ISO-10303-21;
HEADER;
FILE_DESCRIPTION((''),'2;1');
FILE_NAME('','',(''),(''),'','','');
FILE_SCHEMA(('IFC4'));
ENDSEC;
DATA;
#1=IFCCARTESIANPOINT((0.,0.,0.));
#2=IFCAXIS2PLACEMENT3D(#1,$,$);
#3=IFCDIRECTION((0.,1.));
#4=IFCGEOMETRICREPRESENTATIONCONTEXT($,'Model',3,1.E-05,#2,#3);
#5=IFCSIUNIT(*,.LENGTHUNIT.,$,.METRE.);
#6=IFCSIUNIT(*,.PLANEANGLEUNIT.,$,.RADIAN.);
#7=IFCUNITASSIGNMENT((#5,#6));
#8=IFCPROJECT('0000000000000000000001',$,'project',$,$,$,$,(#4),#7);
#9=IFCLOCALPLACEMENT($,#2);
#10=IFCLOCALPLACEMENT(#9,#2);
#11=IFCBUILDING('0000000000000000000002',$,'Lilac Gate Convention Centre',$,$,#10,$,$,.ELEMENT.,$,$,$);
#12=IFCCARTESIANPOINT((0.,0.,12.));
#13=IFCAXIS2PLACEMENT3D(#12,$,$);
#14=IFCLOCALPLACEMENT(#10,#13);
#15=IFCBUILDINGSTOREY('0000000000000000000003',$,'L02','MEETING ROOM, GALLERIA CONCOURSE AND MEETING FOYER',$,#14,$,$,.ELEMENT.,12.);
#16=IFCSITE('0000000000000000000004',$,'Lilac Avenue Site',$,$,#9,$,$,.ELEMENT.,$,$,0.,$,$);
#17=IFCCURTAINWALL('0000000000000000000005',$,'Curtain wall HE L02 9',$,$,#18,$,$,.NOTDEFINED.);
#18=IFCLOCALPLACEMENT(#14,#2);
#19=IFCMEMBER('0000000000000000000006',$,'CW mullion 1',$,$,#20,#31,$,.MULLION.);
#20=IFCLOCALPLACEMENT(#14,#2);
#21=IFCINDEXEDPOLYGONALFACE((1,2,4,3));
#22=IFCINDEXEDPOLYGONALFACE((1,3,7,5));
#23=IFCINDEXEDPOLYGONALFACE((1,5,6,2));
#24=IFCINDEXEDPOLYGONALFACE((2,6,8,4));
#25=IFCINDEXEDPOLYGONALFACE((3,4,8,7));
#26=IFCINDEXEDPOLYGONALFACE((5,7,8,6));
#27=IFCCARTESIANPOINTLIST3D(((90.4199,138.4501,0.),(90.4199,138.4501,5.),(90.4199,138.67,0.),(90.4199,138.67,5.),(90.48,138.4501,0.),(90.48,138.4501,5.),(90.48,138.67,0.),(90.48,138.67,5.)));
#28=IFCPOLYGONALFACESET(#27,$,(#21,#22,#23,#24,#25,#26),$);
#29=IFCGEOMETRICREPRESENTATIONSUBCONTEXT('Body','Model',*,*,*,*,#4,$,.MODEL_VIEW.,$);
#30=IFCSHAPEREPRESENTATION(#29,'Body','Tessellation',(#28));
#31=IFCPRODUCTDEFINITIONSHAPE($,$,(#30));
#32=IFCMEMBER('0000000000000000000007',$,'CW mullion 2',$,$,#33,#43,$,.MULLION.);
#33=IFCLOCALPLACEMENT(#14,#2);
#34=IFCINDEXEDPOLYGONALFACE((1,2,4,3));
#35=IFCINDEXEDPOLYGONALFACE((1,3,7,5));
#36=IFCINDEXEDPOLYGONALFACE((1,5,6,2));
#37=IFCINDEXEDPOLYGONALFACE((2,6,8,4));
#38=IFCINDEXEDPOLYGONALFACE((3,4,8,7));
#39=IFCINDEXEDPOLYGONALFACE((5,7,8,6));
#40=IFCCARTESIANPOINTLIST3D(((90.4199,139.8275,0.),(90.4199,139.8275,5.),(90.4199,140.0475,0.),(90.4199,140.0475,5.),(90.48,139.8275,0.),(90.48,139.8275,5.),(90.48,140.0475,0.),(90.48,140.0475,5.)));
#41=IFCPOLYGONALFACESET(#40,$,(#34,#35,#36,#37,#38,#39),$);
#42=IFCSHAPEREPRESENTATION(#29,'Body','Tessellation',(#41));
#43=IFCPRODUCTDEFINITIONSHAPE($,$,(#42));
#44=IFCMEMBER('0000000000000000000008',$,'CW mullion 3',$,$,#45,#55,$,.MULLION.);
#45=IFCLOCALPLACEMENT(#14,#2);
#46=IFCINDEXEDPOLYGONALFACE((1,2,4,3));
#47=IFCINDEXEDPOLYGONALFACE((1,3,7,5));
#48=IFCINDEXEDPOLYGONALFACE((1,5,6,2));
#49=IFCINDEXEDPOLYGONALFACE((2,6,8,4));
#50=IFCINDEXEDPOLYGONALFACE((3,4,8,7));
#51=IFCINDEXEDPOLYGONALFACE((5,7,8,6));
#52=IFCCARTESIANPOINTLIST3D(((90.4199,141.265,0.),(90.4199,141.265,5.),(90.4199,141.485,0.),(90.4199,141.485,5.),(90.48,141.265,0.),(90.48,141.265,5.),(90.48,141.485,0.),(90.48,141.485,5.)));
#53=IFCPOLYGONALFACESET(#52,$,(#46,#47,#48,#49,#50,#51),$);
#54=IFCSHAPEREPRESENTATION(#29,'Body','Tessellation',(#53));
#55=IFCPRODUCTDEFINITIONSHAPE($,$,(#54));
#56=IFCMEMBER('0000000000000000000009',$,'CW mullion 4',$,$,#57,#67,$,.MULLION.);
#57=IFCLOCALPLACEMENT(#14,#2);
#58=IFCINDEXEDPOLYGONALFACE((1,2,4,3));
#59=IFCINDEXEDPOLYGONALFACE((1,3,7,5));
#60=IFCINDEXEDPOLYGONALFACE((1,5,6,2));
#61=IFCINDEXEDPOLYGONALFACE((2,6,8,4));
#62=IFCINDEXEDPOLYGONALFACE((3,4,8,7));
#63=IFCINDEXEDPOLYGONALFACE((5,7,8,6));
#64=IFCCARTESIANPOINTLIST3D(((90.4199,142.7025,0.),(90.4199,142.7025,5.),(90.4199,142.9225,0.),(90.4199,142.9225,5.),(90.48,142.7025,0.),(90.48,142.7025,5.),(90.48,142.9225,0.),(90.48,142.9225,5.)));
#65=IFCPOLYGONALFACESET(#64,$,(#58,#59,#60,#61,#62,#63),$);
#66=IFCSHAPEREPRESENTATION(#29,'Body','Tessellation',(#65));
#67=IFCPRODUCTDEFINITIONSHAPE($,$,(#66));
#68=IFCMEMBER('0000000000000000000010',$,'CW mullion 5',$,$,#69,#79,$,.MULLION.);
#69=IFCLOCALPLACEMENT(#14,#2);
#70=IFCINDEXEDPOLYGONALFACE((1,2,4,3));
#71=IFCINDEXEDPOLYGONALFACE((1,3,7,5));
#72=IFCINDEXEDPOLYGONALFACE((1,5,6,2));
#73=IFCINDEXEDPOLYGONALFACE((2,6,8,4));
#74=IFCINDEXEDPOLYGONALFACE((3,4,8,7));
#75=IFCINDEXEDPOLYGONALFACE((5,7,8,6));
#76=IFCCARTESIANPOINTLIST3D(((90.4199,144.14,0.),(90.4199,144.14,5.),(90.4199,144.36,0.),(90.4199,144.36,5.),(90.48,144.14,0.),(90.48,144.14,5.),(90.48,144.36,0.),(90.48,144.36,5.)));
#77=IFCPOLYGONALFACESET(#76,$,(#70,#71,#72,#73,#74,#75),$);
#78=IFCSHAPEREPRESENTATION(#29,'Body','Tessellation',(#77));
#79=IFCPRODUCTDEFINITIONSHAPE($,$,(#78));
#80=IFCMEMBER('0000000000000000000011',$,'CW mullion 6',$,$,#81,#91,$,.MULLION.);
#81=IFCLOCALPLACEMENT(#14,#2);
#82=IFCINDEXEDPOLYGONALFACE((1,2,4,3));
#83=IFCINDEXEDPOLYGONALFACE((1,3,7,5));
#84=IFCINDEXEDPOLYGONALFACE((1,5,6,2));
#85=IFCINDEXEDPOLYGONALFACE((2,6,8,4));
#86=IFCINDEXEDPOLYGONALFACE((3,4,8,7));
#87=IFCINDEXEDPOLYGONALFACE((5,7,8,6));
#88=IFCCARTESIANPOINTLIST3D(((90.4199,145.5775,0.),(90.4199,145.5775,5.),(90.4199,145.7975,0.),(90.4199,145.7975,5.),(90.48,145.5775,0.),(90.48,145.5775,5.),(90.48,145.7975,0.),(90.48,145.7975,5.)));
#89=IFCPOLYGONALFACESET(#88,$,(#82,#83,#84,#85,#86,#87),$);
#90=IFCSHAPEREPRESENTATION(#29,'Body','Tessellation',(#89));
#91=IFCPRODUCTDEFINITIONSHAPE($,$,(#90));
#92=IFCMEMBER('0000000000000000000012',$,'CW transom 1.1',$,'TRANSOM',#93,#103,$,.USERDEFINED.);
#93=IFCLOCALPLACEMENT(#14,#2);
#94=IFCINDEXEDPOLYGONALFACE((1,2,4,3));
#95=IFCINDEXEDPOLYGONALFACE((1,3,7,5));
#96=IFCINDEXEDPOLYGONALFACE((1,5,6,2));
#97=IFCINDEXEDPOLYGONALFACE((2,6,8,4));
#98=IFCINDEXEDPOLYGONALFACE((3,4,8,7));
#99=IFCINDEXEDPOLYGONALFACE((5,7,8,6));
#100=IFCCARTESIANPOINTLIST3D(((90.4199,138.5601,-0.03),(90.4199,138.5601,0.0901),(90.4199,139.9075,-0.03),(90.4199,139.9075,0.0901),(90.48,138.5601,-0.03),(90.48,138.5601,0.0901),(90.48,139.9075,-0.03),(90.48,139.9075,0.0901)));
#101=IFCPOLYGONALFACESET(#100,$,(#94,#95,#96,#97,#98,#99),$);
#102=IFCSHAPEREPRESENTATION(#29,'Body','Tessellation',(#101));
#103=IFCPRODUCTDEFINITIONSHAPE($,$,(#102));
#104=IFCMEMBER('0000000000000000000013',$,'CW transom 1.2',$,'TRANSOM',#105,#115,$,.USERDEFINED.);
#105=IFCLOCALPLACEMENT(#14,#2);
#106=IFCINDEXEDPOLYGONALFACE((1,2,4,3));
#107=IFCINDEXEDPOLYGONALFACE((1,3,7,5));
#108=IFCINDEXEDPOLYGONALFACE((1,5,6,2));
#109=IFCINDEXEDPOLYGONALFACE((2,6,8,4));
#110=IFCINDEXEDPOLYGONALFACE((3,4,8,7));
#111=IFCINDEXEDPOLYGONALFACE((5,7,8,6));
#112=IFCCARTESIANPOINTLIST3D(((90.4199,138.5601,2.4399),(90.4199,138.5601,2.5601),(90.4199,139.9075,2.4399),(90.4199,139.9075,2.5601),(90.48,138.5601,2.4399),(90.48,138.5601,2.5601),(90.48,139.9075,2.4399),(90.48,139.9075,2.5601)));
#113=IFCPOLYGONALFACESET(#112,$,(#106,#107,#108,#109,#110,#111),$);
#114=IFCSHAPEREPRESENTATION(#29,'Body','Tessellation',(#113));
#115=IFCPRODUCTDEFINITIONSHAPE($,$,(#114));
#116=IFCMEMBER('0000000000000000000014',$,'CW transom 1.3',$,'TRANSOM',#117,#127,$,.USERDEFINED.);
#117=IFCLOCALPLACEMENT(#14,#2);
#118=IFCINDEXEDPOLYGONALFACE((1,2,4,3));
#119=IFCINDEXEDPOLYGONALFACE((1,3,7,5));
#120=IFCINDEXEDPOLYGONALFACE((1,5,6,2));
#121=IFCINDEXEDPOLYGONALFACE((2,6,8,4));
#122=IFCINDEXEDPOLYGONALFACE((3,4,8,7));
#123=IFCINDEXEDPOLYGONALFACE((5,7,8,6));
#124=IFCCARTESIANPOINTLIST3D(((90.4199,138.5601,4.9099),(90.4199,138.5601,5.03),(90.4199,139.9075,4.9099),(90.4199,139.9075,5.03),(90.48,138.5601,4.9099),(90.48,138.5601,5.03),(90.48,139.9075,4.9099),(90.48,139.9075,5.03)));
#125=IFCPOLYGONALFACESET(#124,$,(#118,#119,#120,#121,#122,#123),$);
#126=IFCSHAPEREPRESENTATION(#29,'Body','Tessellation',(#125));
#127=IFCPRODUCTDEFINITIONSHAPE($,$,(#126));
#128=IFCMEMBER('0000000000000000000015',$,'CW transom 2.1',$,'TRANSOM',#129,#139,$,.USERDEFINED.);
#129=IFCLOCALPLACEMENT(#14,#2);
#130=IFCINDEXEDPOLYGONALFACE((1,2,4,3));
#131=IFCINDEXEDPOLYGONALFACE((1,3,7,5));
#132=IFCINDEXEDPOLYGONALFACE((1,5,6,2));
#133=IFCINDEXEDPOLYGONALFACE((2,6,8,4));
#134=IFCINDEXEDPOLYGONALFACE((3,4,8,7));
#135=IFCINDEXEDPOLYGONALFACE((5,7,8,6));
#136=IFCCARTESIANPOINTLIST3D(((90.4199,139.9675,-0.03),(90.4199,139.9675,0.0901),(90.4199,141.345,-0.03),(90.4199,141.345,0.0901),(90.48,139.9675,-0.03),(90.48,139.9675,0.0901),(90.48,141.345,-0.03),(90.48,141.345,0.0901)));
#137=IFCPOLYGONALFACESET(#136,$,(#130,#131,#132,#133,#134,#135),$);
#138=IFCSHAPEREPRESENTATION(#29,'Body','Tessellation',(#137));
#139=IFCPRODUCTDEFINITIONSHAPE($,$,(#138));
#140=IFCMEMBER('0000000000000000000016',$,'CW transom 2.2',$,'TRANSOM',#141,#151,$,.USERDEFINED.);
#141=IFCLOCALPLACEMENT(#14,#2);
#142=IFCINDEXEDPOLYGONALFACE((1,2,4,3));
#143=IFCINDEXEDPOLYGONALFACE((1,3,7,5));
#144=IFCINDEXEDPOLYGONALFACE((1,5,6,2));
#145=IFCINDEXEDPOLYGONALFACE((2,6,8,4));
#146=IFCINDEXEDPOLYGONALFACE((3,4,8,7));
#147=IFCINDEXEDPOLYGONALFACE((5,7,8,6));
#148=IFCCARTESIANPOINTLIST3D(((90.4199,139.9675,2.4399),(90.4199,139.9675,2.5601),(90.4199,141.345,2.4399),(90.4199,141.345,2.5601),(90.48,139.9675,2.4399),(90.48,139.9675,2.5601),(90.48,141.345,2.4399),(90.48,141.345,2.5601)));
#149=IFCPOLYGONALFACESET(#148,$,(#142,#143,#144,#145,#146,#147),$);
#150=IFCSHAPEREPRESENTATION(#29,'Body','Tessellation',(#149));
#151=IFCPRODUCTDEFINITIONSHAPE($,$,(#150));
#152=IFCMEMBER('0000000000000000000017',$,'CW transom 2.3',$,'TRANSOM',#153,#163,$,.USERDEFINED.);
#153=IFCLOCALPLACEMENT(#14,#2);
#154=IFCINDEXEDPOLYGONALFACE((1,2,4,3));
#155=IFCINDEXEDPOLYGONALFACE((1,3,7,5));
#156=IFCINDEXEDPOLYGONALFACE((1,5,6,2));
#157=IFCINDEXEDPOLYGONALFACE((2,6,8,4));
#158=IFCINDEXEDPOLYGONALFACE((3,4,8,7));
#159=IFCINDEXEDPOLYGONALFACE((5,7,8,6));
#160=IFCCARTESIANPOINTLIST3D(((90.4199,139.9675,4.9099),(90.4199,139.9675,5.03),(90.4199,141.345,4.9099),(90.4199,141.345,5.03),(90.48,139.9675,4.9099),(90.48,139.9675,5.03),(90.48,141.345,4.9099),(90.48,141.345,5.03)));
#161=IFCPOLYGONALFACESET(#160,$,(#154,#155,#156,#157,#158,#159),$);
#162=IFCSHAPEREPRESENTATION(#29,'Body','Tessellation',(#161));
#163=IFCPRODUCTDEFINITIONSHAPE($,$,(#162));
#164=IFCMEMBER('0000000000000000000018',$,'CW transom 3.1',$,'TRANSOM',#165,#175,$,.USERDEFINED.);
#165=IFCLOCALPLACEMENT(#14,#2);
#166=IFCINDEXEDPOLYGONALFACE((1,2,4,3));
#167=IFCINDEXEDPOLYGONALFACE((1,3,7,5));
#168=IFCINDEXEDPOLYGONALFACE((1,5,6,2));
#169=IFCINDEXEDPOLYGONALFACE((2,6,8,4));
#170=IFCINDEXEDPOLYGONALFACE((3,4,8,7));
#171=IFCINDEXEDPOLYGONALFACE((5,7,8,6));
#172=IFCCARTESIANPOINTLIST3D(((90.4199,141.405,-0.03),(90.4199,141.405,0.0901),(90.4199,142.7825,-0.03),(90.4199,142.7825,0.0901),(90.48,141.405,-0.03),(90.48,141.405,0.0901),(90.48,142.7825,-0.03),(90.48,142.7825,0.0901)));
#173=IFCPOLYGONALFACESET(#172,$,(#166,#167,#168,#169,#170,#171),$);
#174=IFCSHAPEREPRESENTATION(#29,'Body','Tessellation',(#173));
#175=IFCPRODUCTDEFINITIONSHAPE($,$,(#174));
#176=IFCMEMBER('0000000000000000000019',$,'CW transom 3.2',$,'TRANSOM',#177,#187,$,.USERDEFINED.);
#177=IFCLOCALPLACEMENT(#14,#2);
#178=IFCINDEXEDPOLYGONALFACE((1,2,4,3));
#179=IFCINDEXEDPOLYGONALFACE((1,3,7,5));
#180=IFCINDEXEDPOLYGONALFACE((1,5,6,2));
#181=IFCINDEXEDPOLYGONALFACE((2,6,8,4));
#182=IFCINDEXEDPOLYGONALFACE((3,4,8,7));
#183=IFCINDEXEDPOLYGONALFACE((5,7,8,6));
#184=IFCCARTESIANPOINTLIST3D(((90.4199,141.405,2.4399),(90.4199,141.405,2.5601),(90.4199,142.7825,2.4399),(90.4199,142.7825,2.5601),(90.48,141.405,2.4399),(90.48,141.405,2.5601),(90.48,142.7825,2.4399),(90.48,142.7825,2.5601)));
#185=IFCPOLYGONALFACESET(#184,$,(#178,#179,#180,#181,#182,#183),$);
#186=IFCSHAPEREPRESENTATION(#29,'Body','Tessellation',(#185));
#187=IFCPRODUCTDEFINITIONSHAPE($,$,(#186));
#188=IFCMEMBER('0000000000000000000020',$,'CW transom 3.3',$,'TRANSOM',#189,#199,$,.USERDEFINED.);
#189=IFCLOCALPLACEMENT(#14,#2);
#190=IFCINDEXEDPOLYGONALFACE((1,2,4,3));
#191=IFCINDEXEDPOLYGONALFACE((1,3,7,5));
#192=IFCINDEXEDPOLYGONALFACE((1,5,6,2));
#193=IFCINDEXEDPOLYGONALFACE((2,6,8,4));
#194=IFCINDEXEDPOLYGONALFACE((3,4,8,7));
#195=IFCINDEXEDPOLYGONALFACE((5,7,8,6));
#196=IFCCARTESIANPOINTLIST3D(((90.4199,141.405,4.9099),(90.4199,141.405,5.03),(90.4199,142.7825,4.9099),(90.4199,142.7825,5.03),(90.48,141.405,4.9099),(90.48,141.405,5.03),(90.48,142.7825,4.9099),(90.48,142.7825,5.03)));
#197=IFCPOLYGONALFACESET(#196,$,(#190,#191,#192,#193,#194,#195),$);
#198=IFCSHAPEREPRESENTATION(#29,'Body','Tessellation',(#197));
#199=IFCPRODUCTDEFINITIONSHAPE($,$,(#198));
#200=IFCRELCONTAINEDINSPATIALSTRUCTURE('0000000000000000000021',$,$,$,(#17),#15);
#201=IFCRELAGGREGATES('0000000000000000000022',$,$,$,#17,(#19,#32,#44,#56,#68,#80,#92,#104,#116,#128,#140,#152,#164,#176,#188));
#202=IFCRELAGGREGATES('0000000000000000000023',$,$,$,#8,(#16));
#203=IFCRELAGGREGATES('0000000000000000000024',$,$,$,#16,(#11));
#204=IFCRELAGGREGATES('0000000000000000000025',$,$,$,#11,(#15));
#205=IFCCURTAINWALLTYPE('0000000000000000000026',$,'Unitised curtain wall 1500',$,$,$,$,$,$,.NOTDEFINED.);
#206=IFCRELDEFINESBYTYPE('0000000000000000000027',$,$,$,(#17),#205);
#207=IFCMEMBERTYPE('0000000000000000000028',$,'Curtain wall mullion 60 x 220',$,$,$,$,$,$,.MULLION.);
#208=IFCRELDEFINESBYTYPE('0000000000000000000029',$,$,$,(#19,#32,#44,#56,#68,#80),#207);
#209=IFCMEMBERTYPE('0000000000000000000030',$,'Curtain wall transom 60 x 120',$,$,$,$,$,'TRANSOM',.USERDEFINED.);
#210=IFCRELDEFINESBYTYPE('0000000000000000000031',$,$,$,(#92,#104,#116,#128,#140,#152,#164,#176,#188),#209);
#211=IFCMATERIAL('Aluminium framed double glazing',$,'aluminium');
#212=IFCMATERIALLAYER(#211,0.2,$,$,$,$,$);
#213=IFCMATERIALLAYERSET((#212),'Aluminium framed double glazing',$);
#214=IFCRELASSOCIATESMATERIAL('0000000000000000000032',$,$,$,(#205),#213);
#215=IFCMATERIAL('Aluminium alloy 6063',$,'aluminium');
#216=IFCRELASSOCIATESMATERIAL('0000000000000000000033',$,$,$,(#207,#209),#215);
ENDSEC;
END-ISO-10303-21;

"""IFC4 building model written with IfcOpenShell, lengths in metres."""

from ifc_helpers import new_model, si_unit, direction, frame, origin, origin_2d, place, context, subcontext, project, spatial, rectangle, extrude, material, layer, layer_set, material_profile, profile_set, type_object, element, aggregate, save


model = new_model("IFC4")

# Units and contexts
model_context = context("Model", 3, precision=1e-05, world=origin(), true_north=direction((0.0, 1.0)))
body_context = subcontext(model_context, "Body", "Model", "MODEL_VIEW")
ifc_project = project(units=[si_unit("LENGTHUNIT", "METRE"), si_unit("PLANEANGLEUNIT", "RADIAN")], contexts=[model_context])

# Site, building, storey
site_placement = place(None, origin())
site = spatial("IfcSite", under=ifc_project, at=site_placement, Name="Lilac Avenue Site", CompositionType="ELEMENT", RefElevation=0.0)
building_placement = place(site_placement, origin())
building = spatial("IfcBuilding", under=site, at=building_placement, Name="Lilac Gate Convention Centre", CompositionType="ELEMENT")
storey_placement = place(building_placement, frame((0.0, 0.0, 12.0)))
storey = spatial("IfcBuildingStorey", under=building, at=storey_placement, Name="L02", Description="MEETING ROOM, GALLERIA CONCOURSE AND MEETING FOYER", CompositionType="ELEMENT", Elevation=12.0)

# Curtain wall, members
ifc_material_1 = material(Name="Aluminium framed double glazing", Category="aluminium")
ifc_layer_1 = layer(ifc_material_1, 0.2)
ifc_layer_set_1 = layer_set([ifc_layer_1], Name="Aluminium framed double glazing")
curtain_wall_type = type_object("IfcCurtainWallType", Name="Unitised curtain wall 1500", PredefinedType="NOTDEFINED", material=ifc_layer_set_1)
curtain_wall_placement = place(storey_placement, origin())
curtain_wall = element("IfcCurtainWall", 1, at=curtain_wall_placement, inside=storey, type_object=curtain_wall_type, Name="Curtain wall HE L02 9", PredefinedType="NOTDEFINED")
ifc_material_2 = material(Name="Aluminium alloy 6063", Category="aluminium")
ifc_material_profile_1 = material_profile(ifc_material_2, rectangle(XDim=0.0601, YDim=0.22, at=origin_2d()), Name="Curtain wall mullion 60 x 220")
ifc_profile_set_1 = profile_set([ifc_material_profile_1], Name="Aluminium alloy 6063")
member_type_1 = type_object("IfcMemberType", Name="Curtain wall mullion 60 x 220", PredefinedType="MULLION", material=ifc_profile_set_1)
member_1_placement = place(storey_placement, frame((90.45, 138.5601, 0.0), z_axis=(0.0, 0.0, 1.0), x_axis=(-1.0, 0.0, 0.0)))
member_1 = element("IfcMember", 2, at=member_1_placement, type_object=member_type_1, Name="CW mullion 1", PredefinedType="MULLION", context=body_context, shape_type="SweptSolid", body=[
    extrude(rectangle(XDim=0.0601, YDim=0.22, at=origin_2d()), origin(), (0.0, 0.0, 1.0), 5.0),
])
member_2_placement = place(storey_placement, frame((90.45, 139.9375, 0.0), z_axis=(0.0, 0.0, 1.0), x_axis=(-1.0, 0.0, 0.0)))
member_2 = element("IfcMember", 3, at=member_2_placement, type_object=member_type_1, Name="CW mullion 2", PredefinedType="MULLION", context=body_context, shape_type="SweptSolid", body=[
    extrude(rectangle(XDim=0.0601, YDim=0.22, at=origin_2d()), origin(), (0.0, 0.0, 1.0), 5.0),
])
member_3_placement = place(storey_placement, frame((90.45, 141.375, 0.0), z_axis=(0.0, 0.0, 1.0), x_axis=(-1.0, 0.0, 0.0)))
member_3 = element("IfcMember", 4, at=member_3_placement, type_object=member_type_1, Name="CW mullion 3", PredefinedType="MULLION", context=body_context, shape_type="SweptSolid", body=[
    extrude(rectangle(XDim=0.0601, YDim=0.22, at=origin_2d()), origin(), (0.0, 0.0, 1.0), 5.0),
])
member_4_placement = place(storey_placement, frame((90.45, 142.8125, 0.0), z_axis=(0.0, 0.0, 1.0), x_axis=(-1.0, 0.0, 0.0)))
member_4 = element("IfcMember", 5, at=member_4_placement, type_object=member_type_1, Name="CW mullion 4", PredefinedType="MULLION", context=body_context, shape_type="SweptSolid", body=[
    extrude(rectangle(XDim=0.0601, YDim=0.22, at=origin_2d()), origin(), (0.0, 0.0, 1.0), 5.0),
])
member_5_placement = place(storey_placement, frame((90.45, 144.25, 0.0), z_axis=(0.0, 0.0, 1.0), x_axis=(-1.0, 0.0, 0.0)))
member_5 = element("IfcMember", 6, at=member_5_placement, type_object=member_type_1, Name="CW mullion 5", PredefinedType="MULLION", context=body_context, shape_type="SweptSolid", body=[
    extrude(rectangle(XDim=0.0601, YDim=0.22, at=origin_2d()), origin(), (0.0, 0.0, 1.0), 5.0),
])
member_6_placement = place(storey_placement, frame((90.45, 145.6875, 0.0), z_axis=(0.0, 0.0, 1.0), x_axis=(-1.0, 0.0, 0.0)))
member_6 = element("IfcMember", 7, at=member_6_placement, type_object=member_type_1, Name="CW mullion 6", PredefinedType="MULLION", context=body_context, shape_type="SweptSolid", body=[
    extrude(rectangle(XDim=0.0601, YDim=0.22, at=origin_2d()), origin(), (0.0, 0.0, 1.0), 5.0),
])
ifc_material_profile_2 = material_profile(ifc_material_2, rectangle(XDim=0.0601, YDim=0.1201, at=origin_2d()), Name="Curtain wall transom 60 x 120")
ifc_profile_set_2 = profile_set([ifc_material_profile_2], Name="Aluminium alloy 6063")
member_type_2 = type_object("IfcMemberType", Name="Curtain wall transom 60 x 120", ElementType="TRANSOM", PredefinedType="USERDEFINED", material=ifc_profile_set_2)
member_7_placement = place(storey_placement, frame((90.45, 138.5601, 0.03), z_axis=(0.0, 1.0, 0.0), x_axis=(-1.0, 0.0, 0.0)))
member_7 = element("IfcMember", 8, at=member_7_placement, type_object=member_type_2, Name="CW transom 1.1", ObjectType="TRANSOM", PredefinedType="USERDEFINED", context=body_context, shape_type="SweptSolid", body=[
    extrude(rectangle(XDim=0.0601, YDim=0.1201, at=origin_2d()), origin(), (0.0, 0.0, 1.0), 1.3474),
])
member_8_placement = place(storey_placement, frame((90.45, 138.5601, 2.5), z_axis=(0.0, 1.0, 0.0), x_axis=(-1.0, 0.0, 0.0)))
member_8 = element("IfcMember", 9, at=member_8_placement, type_object=member_type_2, Name="CW transom 1.2", ObjectType="TRANSOM", PredefinedType="USERDEFINED", context=body_context, shape_type="SweptSolid", body=[
    extrude(rectangle(XDim=0.0601, YDim=0.1201, at=origin_2d()), origin(), (0.0, 0.0, 1.0), 1.3474),
])
member_9_placement = place(storey_placement, frame((90.45, 138.5601, 4.97), z_axis=(0.0, 1.0, 0.0), x_axis=(-1.0, 0.0, 0.0)))
member_9 = element("IfcMember", 10, at=member_9_placement, type_object=member_type_2, Name="CW transom 1.3", ObjectType="TRANSOM", PredefinedType="USERDEFINED", context=body_context, shape_type="SweptSolid", body=[
    extrude(rectangle(XDim=0.0601, YDim=0.1201, at=origin_2d()), origin(), (0.0, 0.0, 1.0), 1.3474),
])
member_10_placement = place(storey_placement, frame((90.45, 139.9675, 0.03), z_axis=(0.0, 1.0, 0.0), x_axis=(-1.0, 0.0, 0.0)))
member_10 = element("IfcMember", 11, at=member_10_placement, type_object=member_type_2, Name="CW transom 2.1", ObjectType="TRANSOM", PredefinedType="USERDEFINED", context=body_context, shape_type="SweptSolid", body=[
    extrude(rectangle(XDim=0.0601, YDim=0.1201, at=origin_2d()), origin(), (0.0, 0.0, 1.0), 1.3774),
])
member_11_placement = place(storey_placement, frame((90.45, 139.9675, 2.5), z_axis=(0.0, 1.0, 0.0), x_axis=(-1.0, 0.0, 0.0)))
member_11 = element("IfcMember", 12, at=member_11_placement, type_object=member_type_2, Name="CW transom 2.2", ObjectType="TRANSOM", PredefinedType="USERDEFINED", context=body_context, shape_type="SweptSolid", body=[
    extrude(rectangle(XDim=0.0601, YDim=0.1201, at=origin_2d()), origin(), (0.0, 0.0, 1.0), 1.3774),
])
member_12_placement = place(storey_placement, frame((90.45, 139.9675, 4.97), z_axis=(0.0, 1.0, 0.0), x_axis=(-1.0, 0.0, 0.0)))
member_12 = element("IfcMember", 13, at=member_12_placement, type_object=member_type_2, Name="CW transom 2.3", ObjectType="TRANSOM", PredefinedType="USERDEFINED", context=body_context, shape_type="SweptSolid", body=[
    extrude(rectangle(XDim=0.0601, YDim=0.1201, at=origin_2d()), origin(), (0.0, 0.0, 1.0), 1.3774),
])
member_13_placement = place(storey_placement, frame((90.45, 141.405, 0.03), z_axis=(0.0, 1.0, 0.0), x_axis=(-1.0, 0.0, 0.0)))
member_13 = element("IfcMember", 14, at=member_13_placement, type_object=member_type_2, Name="CW transom 3.1", ObjectType="TRANSOM", PredefinedType="USERDEFINED", context=body_context, shape_type="SweptSolid", body=[
    extrude(rectangle(XDim=0.0601, YDim=0.1201, at=origin_2d()), origin(), (0.0, 0.0, 1.0), 1.3774),
])
member_14_placement = place(storey_placement, frame((90.45, 141.405, 2.5), z_axis=(0.0, 1.0, 0.0), x_axis=(-1.0, 0.0, 0.0)))
member_14 = element("IfcMember", 15, at=member_14_placement, type_object=member_type_2, Name="CW transom 3.2", ObjectType="TRANSOM", PredefinedType="USERDEFINED", context=body_context, shape_type="SweptSolid", body=[
    extrude(rectangle(XDim=0.0601, YDim=0.1201, at=origin_2d()), origin(), (0.0, 0.0, 1.0), 1.3774),
])
member_15_placement = place(storey_placement, frame((90.45, 141.405, 4.97), z_axis=(0.0, 1.0, 0.0), x_axis=(-1.0, 0.0, 0.0)))
member_15 = element("IfcMember", 16, at=member_15_placement, type_object=member_type_2, Name="CW transom 3.3", ObjectType="TRANSOM", PredefinedType="USERDEFINED", context=body_context, shape_type="SweptSolid", body=[
    extrude(rectangle(XDim=0.0601, YDim=0.1201, at=origin_2d()), origin(), (0.0, 0.0, 1.0), 1.3774),
])

aggregate(curtain_wall, [member_1, member_2, member_3, member_4, member_5, member_6, member_7, member_8, member_9, member_10, member_11, member_12, member_13, member_14, member_15])

save(model, "model.ifc")
